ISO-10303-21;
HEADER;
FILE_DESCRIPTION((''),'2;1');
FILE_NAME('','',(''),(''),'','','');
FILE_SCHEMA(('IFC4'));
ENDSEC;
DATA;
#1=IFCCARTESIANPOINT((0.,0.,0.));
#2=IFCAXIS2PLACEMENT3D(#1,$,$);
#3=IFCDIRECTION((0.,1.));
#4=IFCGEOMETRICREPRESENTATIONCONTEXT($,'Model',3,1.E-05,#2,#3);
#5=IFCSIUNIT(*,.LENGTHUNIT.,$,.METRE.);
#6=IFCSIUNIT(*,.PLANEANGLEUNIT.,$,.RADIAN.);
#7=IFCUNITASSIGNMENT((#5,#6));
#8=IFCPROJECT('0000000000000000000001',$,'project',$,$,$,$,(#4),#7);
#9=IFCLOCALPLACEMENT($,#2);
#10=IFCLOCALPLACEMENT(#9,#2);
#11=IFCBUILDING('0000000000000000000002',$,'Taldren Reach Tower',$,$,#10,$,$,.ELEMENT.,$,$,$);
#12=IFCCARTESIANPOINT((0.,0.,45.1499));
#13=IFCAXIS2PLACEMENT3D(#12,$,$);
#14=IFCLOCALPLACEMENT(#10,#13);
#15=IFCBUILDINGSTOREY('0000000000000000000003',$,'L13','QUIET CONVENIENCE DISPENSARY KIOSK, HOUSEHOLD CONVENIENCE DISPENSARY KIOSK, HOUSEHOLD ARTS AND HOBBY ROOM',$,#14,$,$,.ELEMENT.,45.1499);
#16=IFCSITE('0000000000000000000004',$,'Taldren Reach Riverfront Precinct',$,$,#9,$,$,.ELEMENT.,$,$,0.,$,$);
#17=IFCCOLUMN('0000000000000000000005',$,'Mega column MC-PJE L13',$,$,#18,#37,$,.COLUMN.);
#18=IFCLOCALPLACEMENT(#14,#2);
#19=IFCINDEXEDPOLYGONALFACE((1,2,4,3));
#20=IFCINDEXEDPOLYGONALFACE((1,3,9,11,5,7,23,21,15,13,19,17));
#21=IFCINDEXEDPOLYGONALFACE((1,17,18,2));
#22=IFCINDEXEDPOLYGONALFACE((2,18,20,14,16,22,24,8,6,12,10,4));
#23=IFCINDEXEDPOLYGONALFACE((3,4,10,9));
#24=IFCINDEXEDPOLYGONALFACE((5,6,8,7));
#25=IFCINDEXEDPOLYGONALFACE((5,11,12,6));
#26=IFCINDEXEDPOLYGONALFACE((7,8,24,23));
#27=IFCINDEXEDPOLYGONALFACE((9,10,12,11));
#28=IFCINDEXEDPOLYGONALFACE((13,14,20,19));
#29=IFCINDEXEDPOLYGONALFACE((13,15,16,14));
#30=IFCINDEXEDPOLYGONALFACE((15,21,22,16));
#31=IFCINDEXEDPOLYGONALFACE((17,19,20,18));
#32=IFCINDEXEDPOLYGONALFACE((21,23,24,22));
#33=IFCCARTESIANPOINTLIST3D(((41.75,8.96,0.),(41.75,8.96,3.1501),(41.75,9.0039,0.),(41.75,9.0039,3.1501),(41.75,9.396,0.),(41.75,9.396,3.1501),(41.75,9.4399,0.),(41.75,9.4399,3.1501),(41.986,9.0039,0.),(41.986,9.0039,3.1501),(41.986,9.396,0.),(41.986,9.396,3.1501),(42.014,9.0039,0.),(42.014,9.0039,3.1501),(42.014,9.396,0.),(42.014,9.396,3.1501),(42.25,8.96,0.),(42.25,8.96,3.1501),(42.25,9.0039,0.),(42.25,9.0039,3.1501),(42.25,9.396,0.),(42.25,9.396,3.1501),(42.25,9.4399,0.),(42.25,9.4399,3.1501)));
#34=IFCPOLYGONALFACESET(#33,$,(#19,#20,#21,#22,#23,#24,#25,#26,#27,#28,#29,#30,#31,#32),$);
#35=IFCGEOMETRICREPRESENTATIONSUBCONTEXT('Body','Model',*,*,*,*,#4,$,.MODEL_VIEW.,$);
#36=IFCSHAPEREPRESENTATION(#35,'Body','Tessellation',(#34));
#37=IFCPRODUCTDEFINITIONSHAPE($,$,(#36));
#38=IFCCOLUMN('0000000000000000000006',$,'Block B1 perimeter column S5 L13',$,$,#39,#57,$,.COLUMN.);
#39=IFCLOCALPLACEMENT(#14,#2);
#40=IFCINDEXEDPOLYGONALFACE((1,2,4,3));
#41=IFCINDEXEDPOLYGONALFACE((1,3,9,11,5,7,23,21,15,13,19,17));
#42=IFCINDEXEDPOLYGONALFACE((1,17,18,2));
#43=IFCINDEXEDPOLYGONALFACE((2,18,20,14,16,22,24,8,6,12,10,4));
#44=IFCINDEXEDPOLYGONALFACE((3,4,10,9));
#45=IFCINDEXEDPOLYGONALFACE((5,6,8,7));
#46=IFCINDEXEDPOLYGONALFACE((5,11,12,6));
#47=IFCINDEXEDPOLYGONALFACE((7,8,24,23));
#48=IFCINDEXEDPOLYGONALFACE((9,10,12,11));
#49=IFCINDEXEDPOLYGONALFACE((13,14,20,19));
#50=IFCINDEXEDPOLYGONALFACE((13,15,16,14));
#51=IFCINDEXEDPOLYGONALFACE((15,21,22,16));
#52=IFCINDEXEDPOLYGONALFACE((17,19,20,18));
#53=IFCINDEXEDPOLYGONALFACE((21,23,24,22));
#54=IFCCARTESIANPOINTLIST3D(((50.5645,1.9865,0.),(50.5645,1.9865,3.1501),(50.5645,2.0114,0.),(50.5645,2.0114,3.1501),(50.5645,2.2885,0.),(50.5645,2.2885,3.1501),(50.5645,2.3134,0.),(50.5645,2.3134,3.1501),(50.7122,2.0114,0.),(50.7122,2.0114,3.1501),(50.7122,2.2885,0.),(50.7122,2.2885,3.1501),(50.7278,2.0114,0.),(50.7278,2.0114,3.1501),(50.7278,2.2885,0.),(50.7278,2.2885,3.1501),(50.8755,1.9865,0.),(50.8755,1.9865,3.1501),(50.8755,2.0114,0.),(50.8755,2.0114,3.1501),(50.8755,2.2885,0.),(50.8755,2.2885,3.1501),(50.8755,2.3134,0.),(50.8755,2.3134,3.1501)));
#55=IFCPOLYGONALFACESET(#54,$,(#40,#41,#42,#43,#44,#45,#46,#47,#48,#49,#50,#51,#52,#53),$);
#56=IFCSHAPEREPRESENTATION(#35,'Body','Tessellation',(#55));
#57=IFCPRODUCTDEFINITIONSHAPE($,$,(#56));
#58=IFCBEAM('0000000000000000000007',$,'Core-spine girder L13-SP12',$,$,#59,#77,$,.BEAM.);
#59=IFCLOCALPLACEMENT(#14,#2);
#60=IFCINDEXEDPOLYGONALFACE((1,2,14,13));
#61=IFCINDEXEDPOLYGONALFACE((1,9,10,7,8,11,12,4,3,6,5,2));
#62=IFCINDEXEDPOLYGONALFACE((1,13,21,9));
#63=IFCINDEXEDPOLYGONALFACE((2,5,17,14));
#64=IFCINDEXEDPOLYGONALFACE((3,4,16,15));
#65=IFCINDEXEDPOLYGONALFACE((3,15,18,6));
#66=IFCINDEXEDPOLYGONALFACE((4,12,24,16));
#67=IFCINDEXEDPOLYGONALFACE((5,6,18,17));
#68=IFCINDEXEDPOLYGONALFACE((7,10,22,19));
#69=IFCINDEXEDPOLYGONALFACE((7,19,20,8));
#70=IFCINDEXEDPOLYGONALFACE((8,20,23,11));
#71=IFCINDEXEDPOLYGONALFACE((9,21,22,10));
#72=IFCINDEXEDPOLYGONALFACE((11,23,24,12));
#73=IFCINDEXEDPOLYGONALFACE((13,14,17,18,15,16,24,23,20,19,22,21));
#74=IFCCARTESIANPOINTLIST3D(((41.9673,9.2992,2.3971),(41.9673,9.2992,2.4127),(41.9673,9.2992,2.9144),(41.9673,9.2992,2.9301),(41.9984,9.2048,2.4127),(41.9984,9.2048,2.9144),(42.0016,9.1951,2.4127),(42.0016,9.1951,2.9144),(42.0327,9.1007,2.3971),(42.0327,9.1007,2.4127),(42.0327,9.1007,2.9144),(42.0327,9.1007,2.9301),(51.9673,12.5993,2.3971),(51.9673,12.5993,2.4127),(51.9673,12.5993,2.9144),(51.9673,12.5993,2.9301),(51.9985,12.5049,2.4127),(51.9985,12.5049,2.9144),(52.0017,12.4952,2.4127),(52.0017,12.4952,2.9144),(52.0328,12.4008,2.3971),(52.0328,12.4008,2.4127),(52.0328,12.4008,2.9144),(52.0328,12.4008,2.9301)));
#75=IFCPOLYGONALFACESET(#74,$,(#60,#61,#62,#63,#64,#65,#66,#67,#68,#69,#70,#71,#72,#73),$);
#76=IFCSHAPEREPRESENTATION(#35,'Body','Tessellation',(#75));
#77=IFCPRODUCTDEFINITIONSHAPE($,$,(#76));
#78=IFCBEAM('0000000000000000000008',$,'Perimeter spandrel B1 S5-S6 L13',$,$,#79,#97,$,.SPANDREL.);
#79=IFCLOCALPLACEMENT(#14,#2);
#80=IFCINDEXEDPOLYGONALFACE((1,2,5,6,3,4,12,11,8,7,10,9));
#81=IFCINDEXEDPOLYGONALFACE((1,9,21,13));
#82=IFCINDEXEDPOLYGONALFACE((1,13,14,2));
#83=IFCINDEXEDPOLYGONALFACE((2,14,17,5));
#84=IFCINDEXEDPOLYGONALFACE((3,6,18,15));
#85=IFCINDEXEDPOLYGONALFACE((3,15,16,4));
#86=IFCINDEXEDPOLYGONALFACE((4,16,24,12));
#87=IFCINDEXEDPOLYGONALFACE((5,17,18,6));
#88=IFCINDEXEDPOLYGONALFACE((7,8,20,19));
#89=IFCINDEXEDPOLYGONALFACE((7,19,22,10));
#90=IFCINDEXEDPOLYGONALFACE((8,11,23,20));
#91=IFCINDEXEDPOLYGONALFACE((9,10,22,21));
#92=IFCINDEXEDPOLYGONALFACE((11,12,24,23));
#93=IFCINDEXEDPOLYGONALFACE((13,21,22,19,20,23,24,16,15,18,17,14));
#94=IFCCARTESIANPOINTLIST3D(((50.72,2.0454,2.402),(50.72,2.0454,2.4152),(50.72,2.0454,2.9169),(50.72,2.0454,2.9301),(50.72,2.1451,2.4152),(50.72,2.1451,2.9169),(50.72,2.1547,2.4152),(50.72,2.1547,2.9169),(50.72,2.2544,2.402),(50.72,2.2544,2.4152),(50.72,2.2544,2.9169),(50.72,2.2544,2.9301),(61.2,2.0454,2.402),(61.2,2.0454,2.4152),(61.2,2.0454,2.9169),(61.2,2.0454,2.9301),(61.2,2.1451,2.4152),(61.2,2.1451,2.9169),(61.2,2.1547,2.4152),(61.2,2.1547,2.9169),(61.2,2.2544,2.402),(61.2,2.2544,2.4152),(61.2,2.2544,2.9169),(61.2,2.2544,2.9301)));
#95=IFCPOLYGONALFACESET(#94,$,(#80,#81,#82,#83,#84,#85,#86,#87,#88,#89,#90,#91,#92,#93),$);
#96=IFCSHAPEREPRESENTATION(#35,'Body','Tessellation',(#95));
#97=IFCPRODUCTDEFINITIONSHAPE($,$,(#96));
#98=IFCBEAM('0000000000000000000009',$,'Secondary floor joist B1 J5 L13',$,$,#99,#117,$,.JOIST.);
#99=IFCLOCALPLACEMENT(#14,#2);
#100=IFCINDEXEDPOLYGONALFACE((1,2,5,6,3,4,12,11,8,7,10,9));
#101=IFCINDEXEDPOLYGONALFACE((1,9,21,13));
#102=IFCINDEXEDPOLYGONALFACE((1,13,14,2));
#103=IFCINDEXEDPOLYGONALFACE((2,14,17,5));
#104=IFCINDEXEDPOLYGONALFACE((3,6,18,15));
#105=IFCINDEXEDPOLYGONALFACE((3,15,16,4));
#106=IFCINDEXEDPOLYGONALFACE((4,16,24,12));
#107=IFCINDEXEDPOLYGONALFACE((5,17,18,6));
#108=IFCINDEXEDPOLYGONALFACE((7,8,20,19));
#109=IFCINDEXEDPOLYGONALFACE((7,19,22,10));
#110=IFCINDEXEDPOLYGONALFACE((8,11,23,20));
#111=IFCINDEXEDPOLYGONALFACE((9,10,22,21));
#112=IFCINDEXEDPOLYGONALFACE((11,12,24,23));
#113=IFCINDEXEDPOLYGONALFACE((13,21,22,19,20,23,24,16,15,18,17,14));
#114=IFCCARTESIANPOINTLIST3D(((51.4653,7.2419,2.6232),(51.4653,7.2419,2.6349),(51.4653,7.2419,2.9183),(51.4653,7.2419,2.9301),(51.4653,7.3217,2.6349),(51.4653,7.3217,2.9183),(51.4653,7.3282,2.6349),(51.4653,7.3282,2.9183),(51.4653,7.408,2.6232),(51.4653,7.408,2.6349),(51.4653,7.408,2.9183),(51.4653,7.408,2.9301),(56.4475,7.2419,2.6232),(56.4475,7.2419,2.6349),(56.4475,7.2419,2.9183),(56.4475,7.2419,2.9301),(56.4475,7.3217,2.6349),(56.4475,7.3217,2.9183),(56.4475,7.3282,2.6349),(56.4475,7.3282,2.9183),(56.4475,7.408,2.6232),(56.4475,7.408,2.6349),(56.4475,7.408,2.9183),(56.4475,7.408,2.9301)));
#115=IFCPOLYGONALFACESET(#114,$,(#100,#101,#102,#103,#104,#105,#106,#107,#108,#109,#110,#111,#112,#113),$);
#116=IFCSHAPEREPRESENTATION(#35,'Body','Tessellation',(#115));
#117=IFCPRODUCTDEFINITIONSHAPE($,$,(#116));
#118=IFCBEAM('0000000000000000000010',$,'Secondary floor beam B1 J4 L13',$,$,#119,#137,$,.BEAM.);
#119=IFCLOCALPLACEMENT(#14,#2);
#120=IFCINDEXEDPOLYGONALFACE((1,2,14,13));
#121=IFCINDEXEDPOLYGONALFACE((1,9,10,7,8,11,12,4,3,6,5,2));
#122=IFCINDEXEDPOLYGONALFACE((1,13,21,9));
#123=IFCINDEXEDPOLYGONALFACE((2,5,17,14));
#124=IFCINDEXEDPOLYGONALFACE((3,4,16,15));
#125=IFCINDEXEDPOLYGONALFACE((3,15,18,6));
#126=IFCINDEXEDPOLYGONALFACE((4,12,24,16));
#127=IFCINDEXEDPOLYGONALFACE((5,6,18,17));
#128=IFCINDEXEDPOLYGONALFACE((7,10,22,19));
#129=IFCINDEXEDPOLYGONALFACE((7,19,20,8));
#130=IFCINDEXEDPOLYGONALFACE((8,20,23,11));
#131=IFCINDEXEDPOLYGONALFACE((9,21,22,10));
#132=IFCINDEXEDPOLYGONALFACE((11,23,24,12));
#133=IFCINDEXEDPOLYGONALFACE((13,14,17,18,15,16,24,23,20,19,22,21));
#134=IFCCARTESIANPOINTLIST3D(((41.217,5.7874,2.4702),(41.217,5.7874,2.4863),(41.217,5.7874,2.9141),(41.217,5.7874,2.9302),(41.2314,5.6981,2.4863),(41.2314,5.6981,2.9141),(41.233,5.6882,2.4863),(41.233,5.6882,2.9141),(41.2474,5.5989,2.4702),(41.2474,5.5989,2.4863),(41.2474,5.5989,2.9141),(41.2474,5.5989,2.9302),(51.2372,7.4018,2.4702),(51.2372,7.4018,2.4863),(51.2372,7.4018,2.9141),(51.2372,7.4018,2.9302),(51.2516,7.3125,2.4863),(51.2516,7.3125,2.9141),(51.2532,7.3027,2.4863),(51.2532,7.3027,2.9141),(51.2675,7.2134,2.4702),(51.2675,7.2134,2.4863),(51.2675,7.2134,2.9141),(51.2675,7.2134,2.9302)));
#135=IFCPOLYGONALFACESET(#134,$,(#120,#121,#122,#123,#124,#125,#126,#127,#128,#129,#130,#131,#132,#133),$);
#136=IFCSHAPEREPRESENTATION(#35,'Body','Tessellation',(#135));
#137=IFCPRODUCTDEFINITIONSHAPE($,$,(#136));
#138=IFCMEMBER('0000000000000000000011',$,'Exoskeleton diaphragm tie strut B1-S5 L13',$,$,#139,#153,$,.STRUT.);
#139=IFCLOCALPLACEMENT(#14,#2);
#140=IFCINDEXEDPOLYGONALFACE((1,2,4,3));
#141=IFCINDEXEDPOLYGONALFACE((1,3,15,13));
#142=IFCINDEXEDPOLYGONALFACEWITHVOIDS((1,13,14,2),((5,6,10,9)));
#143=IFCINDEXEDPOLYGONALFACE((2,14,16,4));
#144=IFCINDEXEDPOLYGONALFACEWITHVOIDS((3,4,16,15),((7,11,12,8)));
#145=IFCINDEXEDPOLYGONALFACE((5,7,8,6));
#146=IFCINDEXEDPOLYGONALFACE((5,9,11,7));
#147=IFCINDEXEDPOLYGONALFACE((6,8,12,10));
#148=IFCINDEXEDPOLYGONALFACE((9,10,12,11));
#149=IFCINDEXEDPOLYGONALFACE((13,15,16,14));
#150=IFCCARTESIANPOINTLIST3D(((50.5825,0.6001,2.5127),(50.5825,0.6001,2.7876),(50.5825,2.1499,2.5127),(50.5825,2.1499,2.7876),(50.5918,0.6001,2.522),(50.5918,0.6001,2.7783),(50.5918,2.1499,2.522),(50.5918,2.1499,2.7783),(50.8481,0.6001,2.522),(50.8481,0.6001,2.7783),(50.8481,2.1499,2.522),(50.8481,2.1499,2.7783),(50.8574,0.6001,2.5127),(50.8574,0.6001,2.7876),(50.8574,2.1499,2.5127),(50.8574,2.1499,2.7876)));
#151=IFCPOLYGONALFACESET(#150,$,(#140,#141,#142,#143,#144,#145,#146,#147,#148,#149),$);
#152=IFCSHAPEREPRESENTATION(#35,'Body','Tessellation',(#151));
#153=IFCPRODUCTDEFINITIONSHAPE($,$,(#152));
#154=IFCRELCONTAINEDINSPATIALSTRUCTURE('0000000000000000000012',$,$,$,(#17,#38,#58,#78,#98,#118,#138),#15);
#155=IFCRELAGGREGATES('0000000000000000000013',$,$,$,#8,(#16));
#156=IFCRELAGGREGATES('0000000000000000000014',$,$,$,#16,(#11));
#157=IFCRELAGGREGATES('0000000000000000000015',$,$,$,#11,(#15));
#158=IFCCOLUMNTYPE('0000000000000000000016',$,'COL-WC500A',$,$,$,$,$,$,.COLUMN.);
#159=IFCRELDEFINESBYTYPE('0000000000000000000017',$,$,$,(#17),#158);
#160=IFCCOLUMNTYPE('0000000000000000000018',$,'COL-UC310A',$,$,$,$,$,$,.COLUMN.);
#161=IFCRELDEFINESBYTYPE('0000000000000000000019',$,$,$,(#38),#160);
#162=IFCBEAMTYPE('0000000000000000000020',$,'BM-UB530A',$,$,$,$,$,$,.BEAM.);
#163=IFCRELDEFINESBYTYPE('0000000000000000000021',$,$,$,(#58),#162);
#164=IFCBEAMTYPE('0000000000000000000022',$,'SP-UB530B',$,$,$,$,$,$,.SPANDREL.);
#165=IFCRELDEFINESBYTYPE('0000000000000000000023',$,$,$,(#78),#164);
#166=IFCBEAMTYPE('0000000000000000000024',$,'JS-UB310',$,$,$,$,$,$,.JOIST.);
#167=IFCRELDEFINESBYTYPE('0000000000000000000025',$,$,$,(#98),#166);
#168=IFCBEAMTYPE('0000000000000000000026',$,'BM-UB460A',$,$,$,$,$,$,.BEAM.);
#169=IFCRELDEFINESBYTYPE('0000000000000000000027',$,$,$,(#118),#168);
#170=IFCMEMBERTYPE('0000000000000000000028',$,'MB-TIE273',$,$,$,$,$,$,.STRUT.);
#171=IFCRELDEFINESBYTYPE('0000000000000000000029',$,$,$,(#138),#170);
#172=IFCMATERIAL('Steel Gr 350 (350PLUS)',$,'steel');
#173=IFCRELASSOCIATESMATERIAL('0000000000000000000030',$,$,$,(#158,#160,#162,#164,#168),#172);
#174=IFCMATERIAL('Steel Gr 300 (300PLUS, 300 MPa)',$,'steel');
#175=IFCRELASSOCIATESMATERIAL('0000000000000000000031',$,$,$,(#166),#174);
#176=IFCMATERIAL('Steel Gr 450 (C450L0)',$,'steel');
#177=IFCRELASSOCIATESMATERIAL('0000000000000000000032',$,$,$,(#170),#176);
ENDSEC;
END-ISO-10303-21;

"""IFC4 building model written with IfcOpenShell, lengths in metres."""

from ifc_helpers import new_model, si_unit, direction, frame, origin, origin_2d, place, context, subcontext, project, spatial, hollow_rectangle, i_section, extrude, source, transform, mapped, material, material_profile, profile_set, type_object, element, save


model = new_model("IFC4")

# Units and contexts
model_context = context("Model", 3, precision=1e-05, world=origin(), true_north=direction((0.0, 1.0)))
body_context = subcontext(model_context, "Body", "Model", "MODEL_VIEW")
ifc_project = project(units=[si_unit("LENGTHUNIT", "METRE"), si_unit("PLANEANGLEUNIT", "RADIAN")], contexts=[model_context])

# Site, building, storey
site_placement = place(None, origin())
site = spatial("IfcSite", under=ifc_project, at=site_placement, Name="Taldren Reach Riverfront Precinct", CompositionType="ELEMENT", RefElevation=0.0)
building_placement = place(site_placement, origin())
building = spatial("IfcBuilding", under=site, at=building_placement, Name="Taldren Reach Tower", CompositionType="ELEMENT")
storey_placement = place(building_placement, frame((0.0, 0.0, 45.1499)))
storey = spatial("IfcBuildingStorey", under=building, at=storey_placement, Name="L13", Description="QUIET CONVENIENCE DISPENSARY KIOSK, HOUSEHOLD CONVENIENCE DISPENSARY KIOSK, HOUSEHOLD ARTS AND HOBBY ROOM", CompositionType="ELEMENT", Elevation=45.1499)

# Columns
ifc_material_1 = material(Name="Steel Gr 350 (350PLUS)", Category="steel")
ifc_material_profile_1 = material_profile(ifc_material_1, i_section(OverallWidth=0.5, OverallDepth=0.48, WebThickness=0.0281, FlangeThickness=0.0439, at=origin_2d()), Name="500WC440")
ifc_profile_set_1 = profile_set([ifc_material_profile_1], Name="Steel Gr 350 (350PLUS)")
column_type_1 = type_object("IfcColumnType", Name="COL-WC500A", PredefinedType="COLUMN", material=ifc_profile_set_1)
shared_shape_1 = source(origin(), body_context, "Body", "SweptSolid", [
    extrude(i_section(OverallWidth=0.5, OverallDepth=0.48, WebThickness=0.0281, FlangeThickness=0.0439, at=origin_2d()), origin(), (0.0, 0.0, 1.0), 3.1501),
])
column_1_placement = place(storey_placement, frame((42.0, 9.2, 0.0), z_axis=(0.0, 0.0, 1.0), x_axis=(1.0, 0.0, 0.0)))
element("IfcColumn", 1, at=column_1_placement, inside=storey, type_object=column_type_1, Name="Mega column MC-PJE L13", PredefinedType="COLUMN", context=body_context, shape_type="MappedRepresentation", body=[
    mapped(shared_shape_1, transform((0.0, 0.0, 0.0), scale=1.0)),
])
ifc_material_profile_2 = material_profile(ifc_material_1, i_section(OverallWidth=0.311, OverallDepth=0.3269, WebThickness=0.0156, FlangeThickness=0.0249, at=origin_2d()), Name="310UC158")
ifc_profile_set_2 = profile_set([ifc_material_profile_2], Name="Steel Gr 350 (350PLUS)")
column_type_2 = type_object("IfcColumnType", Name="COL-UC310A", PredefinedType="COLUMN", material=ifc_profile_set_2)
shared_shape_2 = source(origin(), body_context, "Body", "SweptSolid", [
    extrude(i_section(OverallWidth=0.311, OverallDepth=0.3269, WebThickness=0.0156, FlangeThickness=0.0249, at=origin_2d()), origin(), (0.0, 0.0, 1.0), 3.1501),
])
column_2_placement = place(storey_placement, frame((50.72, 2.1499, 0.0), z_axis=(0.0, 0.0, 1.0), x_axis=(1.0, 0.0, 0.0)))
element("IfcColumn", 2, at=column_2_placement, inside=storey, type_object=column_type_2, Name="Block B1 perimeter column S5 L13", PredefinedType="COLUMN", context=body_context, shape_type="MappedRepresentation", body=[
    mapped(shared_shape_2, transform((0.0, 0.0, 0.0), scale=1.0)),
])

# Beams
ifc_material_profile_3 = material_profile(ifc_material_1, i_section(OverallWidth=0.209, OverallDepth=0.533, WebThickness=0.0103, FlangeThickness=0.0156, at=origin_2d()), Name="530UB92.4")
ifc_profile_set_3 = profile_set([ifc_material_profile_3], Name="Steel Gr 350 (350PLUS)")
beam_type_1 = type_object("IfcBeamType", Name="BM-UB530A", PredefinedType="BEAM", material=ifc_profile_set_3)
shared_shape_3 = source(origin(), body_context, "Body", "SweptSolid", [
    extrude(i_section(OverallWidth=0.209, OverallDepth=0.533, WebThickness=0.0103, FlangeThickness=0.0156, at=origin_2d()), origin(), (0.0, 0.0, 1.0), 10.5305),
])
beam_1_placement = place(storey_placement, frame((42.0, 9.2, 2.6636), z_axis=(0.949627, 0.313382, 0.0), x_axis=(-0.313382, 0.949627, 0.0)))
element("IfcBeam", 3, at=beam_1_placement, inside=storey, type_object=beam_type_1, Name="Core-spine girder L13-SP12", PredefinedType="BEAM", context=body_context, shape_type="MappedRepresentation", body=[
    mapped(shared_shape_3, transform((0.0, 0.0, 0.0), scale=1.0)),
])
ifc_material_profile_4 = material_profile(ifc_material_1, i_section(OverallWidth=0.209, OverallDepth=0.5281, WebThickness=0.0095, FlangeThickness=0.0132, at=origin_2d()), Name="530UB82.0")
ifc_profile_set_4 = profile_set([ifc_material_profile_4], Name="Steel Gr 350 (350PLUS)")
beam_type_2 = type_object("IfcBeamType", Name="SP-UB530B", PredefinedType="SPANDREL", material=ifc_profile_set_4)
shared_shape_4 = source(origin(), body_context, "Body", "SweptSolid", [
    extrude(i_section(OverallWidth=0.209, OverallDepth=0.5281, WebThickness=0.0095, FlangeThickness=0.0132, at=origin_2d()), origin(), (0.0, 0.0, 1.0), 10.48),
])
beam_2_placement = place(storey_placement, frame((50.72, 2.1499, 2.666), z_axis=(1.0, 0.0, 0.0), x_axis=(0.0, 1.0, 0.0)))
element("IfcBeam", 4, at=beam_2_placement, inside=storey, type_object=beam_type_2, Name="Perimeter spandrel B1 S5-S6 L13", PredefinedType="SPANDREL", context=body_context, shape_type="MappedRepresentation", body=[
    mapped(shared_shape_4, transform((0.0, 0.0, 0.0), scale=1.0)),
])
ifc_material_2 = material(Name="Steel Gr 300 (300PLUS, 300 MPa)", Category="steel")
ifc_material_profile_5 = material_profile(ifc_material_2, i_section(OverallWidth=0.166, OverallDepth=0.3069, WebThickness=0.0066, FlangeThickness=0.0117, at=origin_2d()), Name="310UB46.2")
ifc_profile_set_5 = profile_set([ifc_material_profile_5], Name="Steel Gr 300 (300PLUS, 300 MPa)")
beam_type_3 = type_object("IfcBeamType", Name="JS-UB310", PredefinedType="JOIST", material=ifc_profile_set_5)
shared_shape_5 = source(origin(), body_context, "Body", "SweptSolid", [
    extrude(i_section(OverallWidth=0.166, OverallDepth=0.3069, WebThickness=0.0066, FlangeThickness=0.0117, at=origin_2d()), origin(), (0.0, 0.0, 1.0), 4.9822),
])
beam_3_placement = place(storey_placement, frame((51.4653, 7.325, 2.7766), z_axis=(1.0, 0.0, 0.0), x_axis=(0.0, 1.0, 0.0)))
element("IfcBeam", 5, at=beam_3_placement, inside=storey, type_object=beam_type_3, Name="Secondary floor joist B1 J5 L13", PredefinedType="JOIST", context=body_context, shape_type="MappedRepresentation", body=[
    mapped(shared_shape_5, transform((0.0, 0.0, 0.0), scale=1.0)),
])
ifc_material_profile_6 = material_profile(ifc_material_1, i_section(OverallWidth=0.1909, OverallDepth=0.46, WebThickness=0.01, FlangeThickness=0.0161, at=origin_2d()), Name="460UB82.1")
ifc_profile_set_6 = profile_set([ifc_material_profile_6], Name="Steel Gr 350 (350PLUS)")
beam_type_4 = type_object("IfcBeamType", Name="BM-UB460A", PredefinedType="BEAM", material=ifc_profile_set_6)
shared_shape_6 = source(origin(), body_context, "Body", "SweptSolid", [
    extrude(i_section(OverallWidth=0.1909, OverallDepth=0.46, WebThickness=0.01, FlangeThickness=0.0161, at=origin_2d()), origin(), (0.0, 0.0, 1.0), 10.1494),
])
beam_4_placement = place(storey_placement, frame((41.2322, 5.6931, 2.7002), z_axis=(0.987267, 0.159072, 0.0), x_axis=(-0.159072, 0.987267, 0.0)))
element("IfcBeam", 6, at=beam_4_placement, inside=storey, type_object=beam_type_4, Name="Secondary floor beam B1 J4 L13", PredefinedType="BEAM", context=body_context, shape_type="MappedRepresentation", body=[
    mapped(shared_shape_6, transform((0.0, 0.0, 0.0), scale=1.0)),
])

# Member
ifc_material_3 = material(Name="Steel Gr 450 (C450L0)", Category="steel")
ifc_material_profile_7 = material_profile(ifc_material_3, hollow_rectangle(XDim=0.2749, YDim=0.2749, WallThickness=0.0093, at=origin_2d()), Name="275x275x9.3SHS")
ifc_profile_set_7 = profile_set([ifc_material_profile_7], Name="Steel Gr 450 (C450L0)")
member_type_1 = type_object("IfcMemberType", Name="MB-TIE273", PredefinedType="STRUT", material=ifc_profile_set_7)
shared_shape_7 = source(origin(), body_context, "Body", "SweptSolid", [
    extrude(hollow_rectangle(XDim=0.2749, YDim=0.2749, WallThickness=0.0093, at=origin_2d()), origin(), (0.0, 0.0, 1.0), 1.5498),
])
member_placement = place(storey_placement, frame((50.72, 2.1499, 2.6501), z_axis=(0.0, -1.0, 0.0), x_axis=(1.0, 0.0, 0.0)))
element("IfcMember", 7, at=member_placement, inside=storey, type_object=member_type_1, Name="Exoskeleton diaphragm tie strut B1-S5 L13", PredefinedType="STRUT", context=body_context, shape_type="MappedRepresentation", body=[
    mapped(shared_shape_7, transform((0.0, 0.0, 0.0), scale=1.0)),
])

save(model, "model.ifc")
